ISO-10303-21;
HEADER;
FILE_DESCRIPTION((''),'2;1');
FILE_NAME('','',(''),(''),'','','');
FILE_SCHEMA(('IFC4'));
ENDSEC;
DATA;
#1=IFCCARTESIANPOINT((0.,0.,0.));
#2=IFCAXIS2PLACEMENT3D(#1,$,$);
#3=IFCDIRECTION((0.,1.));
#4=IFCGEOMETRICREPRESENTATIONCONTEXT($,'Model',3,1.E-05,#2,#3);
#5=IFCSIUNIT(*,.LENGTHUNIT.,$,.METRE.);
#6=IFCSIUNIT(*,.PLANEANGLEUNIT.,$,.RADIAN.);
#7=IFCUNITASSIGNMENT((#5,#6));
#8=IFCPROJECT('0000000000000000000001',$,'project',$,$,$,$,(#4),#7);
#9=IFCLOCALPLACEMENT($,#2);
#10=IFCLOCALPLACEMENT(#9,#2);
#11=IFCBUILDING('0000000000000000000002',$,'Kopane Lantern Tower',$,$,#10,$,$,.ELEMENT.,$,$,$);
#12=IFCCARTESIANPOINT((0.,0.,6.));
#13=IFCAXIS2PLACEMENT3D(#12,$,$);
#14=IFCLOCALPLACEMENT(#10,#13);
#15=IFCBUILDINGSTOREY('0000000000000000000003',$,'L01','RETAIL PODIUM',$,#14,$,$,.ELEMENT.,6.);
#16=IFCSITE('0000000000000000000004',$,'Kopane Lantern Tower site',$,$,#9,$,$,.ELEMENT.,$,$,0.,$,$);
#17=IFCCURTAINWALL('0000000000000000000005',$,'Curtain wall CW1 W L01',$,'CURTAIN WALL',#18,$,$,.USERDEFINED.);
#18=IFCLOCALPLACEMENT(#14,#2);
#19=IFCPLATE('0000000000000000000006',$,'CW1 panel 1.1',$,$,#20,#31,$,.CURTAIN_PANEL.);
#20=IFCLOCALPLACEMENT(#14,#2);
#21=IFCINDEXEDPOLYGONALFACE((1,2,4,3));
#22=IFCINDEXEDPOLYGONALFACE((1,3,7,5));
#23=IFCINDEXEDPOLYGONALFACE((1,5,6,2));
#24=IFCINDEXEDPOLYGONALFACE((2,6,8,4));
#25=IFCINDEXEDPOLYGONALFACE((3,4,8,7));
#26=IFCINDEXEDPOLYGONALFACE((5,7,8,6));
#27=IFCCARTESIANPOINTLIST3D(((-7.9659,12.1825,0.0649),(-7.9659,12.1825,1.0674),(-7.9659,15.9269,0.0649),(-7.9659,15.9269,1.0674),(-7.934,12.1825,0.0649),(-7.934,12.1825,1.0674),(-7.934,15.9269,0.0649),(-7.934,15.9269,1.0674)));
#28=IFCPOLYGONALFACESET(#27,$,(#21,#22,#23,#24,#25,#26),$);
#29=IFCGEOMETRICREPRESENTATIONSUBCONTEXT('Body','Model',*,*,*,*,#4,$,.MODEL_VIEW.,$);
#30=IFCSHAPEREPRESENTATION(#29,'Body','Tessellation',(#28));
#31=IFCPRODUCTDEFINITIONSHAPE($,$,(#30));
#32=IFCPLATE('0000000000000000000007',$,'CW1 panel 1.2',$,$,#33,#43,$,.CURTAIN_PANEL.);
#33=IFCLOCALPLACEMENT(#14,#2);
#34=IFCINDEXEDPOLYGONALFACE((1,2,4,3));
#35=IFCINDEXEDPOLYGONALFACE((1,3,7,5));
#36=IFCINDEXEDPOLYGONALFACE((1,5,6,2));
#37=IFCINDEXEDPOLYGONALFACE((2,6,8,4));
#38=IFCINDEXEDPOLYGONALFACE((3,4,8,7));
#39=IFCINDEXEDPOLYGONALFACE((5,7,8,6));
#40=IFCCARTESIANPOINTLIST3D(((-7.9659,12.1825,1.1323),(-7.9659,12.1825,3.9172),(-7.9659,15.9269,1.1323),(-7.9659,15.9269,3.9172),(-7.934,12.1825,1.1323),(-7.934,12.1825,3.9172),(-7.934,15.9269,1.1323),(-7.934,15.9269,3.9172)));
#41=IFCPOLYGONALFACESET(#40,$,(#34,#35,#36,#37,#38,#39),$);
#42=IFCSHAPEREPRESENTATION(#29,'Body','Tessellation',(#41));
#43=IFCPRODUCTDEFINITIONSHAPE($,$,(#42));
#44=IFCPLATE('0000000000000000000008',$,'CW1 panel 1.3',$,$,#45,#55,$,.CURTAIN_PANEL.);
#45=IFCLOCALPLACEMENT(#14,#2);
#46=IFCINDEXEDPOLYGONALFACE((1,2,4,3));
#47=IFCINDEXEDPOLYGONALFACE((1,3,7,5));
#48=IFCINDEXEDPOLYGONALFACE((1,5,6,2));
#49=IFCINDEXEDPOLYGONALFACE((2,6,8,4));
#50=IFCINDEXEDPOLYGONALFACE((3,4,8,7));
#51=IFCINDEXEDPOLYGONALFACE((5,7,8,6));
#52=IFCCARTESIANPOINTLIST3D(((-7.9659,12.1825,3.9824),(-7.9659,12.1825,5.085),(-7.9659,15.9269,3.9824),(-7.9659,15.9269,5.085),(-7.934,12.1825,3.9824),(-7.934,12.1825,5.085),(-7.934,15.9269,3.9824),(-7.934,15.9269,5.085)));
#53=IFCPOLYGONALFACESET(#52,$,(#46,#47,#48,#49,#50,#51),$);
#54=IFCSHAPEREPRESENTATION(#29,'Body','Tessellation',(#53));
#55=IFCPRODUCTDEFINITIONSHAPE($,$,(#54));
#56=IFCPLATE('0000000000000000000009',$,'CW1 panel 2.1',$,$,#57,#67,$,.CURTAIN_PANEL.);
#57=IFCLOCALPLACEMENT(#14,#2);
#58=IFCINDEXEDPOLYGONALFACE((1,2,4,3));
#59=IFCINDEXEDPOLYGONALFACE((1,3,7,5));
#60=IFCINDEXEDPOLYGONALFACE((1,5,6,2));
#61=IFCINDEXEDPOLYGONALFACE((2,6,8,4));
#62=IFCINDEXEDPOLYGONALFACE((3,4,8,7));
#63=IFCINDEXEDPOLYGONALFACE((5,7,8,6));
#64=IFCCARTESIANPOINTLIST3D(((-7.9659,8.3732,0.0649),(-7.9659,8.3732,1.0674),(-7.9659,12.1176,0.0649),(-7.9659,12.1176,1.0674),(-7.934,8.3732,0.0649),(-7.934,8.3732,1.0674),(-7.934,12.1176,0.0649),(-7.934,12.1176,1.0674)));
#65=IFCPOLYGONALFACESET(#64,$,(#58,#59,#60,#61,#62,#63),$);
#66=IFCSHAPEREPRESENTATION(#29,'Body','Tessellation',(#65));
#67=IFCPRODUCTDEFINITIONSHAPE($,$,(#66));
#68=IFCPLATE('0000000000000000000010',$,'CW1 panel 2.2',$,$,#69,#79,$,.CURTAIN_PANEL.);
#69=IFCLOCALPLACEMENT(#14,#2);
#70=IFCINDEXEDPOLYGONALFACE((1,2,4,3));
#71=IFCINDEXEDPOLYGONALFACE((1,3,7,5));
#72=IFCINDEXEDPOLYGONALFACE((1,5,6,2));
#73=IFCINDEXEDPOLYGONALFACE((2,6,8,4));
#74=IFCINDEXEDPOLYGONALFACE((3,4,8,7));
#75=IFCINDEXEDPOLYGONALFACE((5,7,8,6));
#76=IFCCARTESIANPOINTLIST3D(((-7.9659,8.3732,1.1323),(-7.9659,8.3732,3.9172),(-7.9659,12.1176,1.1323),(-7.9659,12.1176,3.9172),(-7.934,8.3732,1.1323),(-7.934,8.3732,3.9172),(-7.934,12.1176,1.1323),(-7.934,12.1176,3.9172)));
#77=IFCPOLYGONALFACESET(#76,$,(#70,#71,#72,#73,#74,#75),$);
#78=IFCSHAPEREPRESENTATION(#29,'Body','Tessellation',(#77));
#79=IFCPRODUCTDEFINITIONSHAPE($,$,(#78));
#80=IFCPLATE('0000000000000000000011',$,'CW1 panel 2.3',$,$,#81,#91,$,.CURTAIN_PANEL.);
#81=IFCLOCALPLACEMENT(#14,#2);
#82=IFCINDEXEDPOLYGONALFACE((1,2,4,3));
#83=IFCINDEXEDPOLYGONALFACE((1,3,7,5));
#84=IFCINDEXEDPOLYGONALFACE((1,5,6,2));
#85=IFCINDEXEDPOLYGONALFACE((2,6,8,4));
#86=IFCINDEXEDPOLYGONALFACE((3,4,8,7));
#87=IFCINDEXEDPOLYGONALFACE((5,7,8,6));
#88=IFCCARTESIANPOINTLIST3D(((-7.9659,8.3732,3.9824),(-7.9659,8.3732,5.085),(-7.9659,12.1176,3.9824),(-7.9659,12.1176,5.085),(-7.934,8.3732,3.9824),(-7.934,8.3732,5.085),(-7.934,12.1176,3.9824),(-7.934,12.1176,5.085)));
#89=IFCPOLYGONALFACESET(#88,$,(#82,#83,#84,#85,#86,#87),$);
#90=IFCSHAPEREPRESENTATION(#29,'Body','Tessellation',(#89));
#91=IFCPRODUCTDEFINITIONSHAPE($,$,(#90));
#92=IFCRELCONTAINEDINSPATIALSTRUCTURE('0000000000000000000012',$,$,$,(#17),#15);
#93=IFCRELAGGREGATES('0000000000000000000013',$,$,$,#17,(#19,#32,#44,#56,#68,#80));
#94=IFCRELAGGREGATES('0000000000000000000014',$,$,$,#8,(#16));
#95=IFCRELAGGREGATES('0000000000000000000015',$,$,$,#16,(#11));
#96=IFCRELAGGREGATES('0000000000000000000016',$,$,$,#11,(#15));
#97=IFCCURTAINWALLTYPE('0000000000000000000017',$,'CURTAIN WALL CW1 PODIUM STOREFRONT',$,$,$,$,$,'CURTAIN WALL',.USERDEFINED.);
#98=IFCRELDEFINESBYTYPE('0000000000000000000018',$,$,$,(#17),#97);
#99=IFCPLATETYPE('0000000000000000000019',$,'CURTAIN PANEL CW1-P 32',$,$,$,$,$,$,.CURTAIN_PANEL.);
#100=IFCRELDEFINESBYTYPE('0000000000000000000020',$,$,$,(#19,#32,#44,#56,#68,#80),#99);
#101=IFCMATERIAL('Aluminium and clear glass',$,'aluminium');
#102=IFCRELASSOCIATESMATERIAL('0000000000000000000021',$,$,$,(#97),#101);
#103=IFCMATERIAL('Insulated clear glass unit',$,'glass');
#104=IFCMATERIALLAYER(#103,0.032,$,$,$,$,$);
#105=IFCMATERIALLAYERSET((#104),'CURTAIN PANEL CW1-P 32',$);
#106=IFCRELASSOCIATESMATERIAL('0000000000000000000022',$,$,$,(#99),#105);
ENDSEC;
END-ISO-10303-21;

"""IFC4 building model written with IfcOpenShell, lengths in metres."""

from ifc_helpers import new_model, si_unit, direction, frame, origin, origin_2d, place, context, subcontext, project, spatial, rectangle, extrude, material, layer, layer_set, type_object, element, aggregate, save


model = new_model("IFC4")

# Units and contexts
model_context = context("Model", 3, precision=1e-05, world=origin(), true_north=direction((0.0, 1.0)))
body_context = subcontext(model_context, "Body", "Model", "MODEL_VIEW")
ifc_project = project(units=[si_unit("LENGTHUNIT", "METRE"), si_unit("PLANEANGLEUNIT", "RADIAN")], contexts=[model_context])

# Site, building, storey
site_placement = place(None, origin())
site = spatial("IfcSite", under=ifc_project, at=site_placement, Name="Kopane Lantern Tower site", CompositionType="ELEMENT", RefElevation=0.0)
building_placement = place(site_placement, origin())
building = spatial("IfcBuilding", under=site, at=building_placement, Name="Kopane Lantern Tower", CompositionType="ELEMENT")
storey_placement = place(building_placement, frame((0.0, 0.0, 6.0)))
storey = spatial("IfcBuildingStorey", under=building, at=storey_placement, Name="L01", Description="RETAIL PODIUM", CompositionType="ELEMENT", Elevation=6.0)

# Curtain wall, plates
ifc_material_1 = material(Name="Aluminium and clear glass", Category="aluminium")
curtain_wall_type = type_object("IfcCurtainWallType", Name="CURTAIN WALL CW1 PODIUM STOREFRONT", ElementType="CURTAIN WALL", PredefinedType="USERDEFINED", material=ifc_material_1)
curtain_wall_placement = place(storey_placement, origin())
curtain_wall = element("IfcCurtainWall", 1, at=curtain_wall_placement, inside=storey, type_object=curtain_wall_type, Name="Curtain wall CW1 W L01", ObjectType="CURTAIN WALL", PredefinedType="USERDEFINED")
ifc_material_2 = material(Name="Insulated clear glass unit", Category="glass")
ifc_layer = layer(ifc_material_2, 0.032)
ifc_layer_set = layer_set([ifc_layer], Name="CURTAIN PANEL CW1-P 32")
plate_type = type_object("IfcPlateType", Name="CURTAIN PANEL CW1-P 32", PredefinedType="CURTAIN_PANEL", material=ifc_layer_set)
plate_1_placement = place(storey_placement, frame((-7.95, 14.0547, 0.0649), z_axis=(0.0, 0.0, 1.0), x_axis=(0.0, -1.0, 0.0)))
plate_1 = element("IfcPlate", 2, at=plate_1_placement, type_object=plate_type, Name="CW1 panel 1.1", PredefinedType="CURTAIN_PANEL", context=body_context, shape_type="SweptSolid", body=[
    extrude(rectangle(XDim=3.7444, YDim=0.032, at=origin_2d()), origin(), (0.0, 0.0, 1.0), 1.0024),
])
plate_2_placement = place(storey_placement, frame((-7.95, 14.0547, 1.1323), z_axis=(0.0, 0.0, 1.0), x_axis=(0.0, -1.0, 0.0)))
plate_2 = element("IfcPlate", 3, at=plate_2_placement, type_object=plate_type, Name="CW1 panel 1.2", PredefinedType="CURTAIN_PANEL", context=body_context, shape_type="SweptSolid", body=[
    extrude(rectangle(XDim=3.7444, YDim=0.032, at=origin_2d()), origin(), (0.0, 0.0, 1.0), 2.7849),
])
plate_3_placement = place(storey_placement, frame((-7.95, 14.0547, 3.9824), z_axis=(0.0, 0.0, 1.0), x_axis=(0.0, -1.0, 0.0)))
plate_3 = element("IfcPlate", 4, at=plate_3_placement, type_object=plate_type, Name="CW1 panel 1.3", PredefinedType="CURTAIN_PANEL", context=body_context, shape_type="SweptSolid", body=[
    extrude(rectangle(XDim=3.7444, YDim=0.032, at=origin_2d()), origin(), (0.0, 0.0, 1.0), 1.1025),
])
plate_4_placement = place(storey_placement, frame((-7.95, 10.2454, 0.0649), z_axis=(0.0, 0.0, 1.0), x_axis=(0.0, -1.0, 0.0)))
plate_4 = element("IfcPlate", 5, at=plate_4_placement, type_object=plate_type, Name="CW1 panel 2.1", PredefinedType="CURTAIN_PANEL", context=body_context, shape_type="SweptSolid", body=[
    extrude(rectangle(XDim=3.7444, YDim=0.032, at=origin_2d()), origin(), (0.0, 0.0, 1.0), 1.0024),
])
plate_5_placement = place(storey_placement, frame((-7.95, 10.2454, 1.1323), z_axis=(0.0, 0.0, 1.0), x_axis=(0.0, -1.0, 0.0)))
plate_5 = element("IfcPlate", 6, at=plate_5_placement, type_object=plate_type, Name="CW1 panel 2.2", PredefinedType="CURTAIN_PANEL", context=body_context, shape_type="SweptSolid", body=[
    extrude(rectangle(XDim=3.7444, YDim=0.032, at=origin_2d()), origin(), (0.0, 0.0, 1.0), 2.7849),
])
plate_6_placement = place(storey_placement, frame((-7.95, 10.2454, 3.9824), z_axis=(0.0, 0.0, 1.0), x_axis=(0.0, -1.0, 0.0)))
plate_6 = element("IfcPlate", 7, at=plate_6_placement, type_object=plate_type, Name="CW1 panel 2.3", PredefinedType="CURTAIN_PANEL", context=body_context, shape_type="SweptSolid", body=[
    extrude(rectangle(XDim=3.7444, YDim=0.032, at=origin_2d()), origin(), (0.0, 0.0, 1.0), 1.1025),
])
aggregate(curtain_wall, [plate_1, plate_2, plate_3, plate_4, plate_5, plate_6])

save(model, "model.ifc")
